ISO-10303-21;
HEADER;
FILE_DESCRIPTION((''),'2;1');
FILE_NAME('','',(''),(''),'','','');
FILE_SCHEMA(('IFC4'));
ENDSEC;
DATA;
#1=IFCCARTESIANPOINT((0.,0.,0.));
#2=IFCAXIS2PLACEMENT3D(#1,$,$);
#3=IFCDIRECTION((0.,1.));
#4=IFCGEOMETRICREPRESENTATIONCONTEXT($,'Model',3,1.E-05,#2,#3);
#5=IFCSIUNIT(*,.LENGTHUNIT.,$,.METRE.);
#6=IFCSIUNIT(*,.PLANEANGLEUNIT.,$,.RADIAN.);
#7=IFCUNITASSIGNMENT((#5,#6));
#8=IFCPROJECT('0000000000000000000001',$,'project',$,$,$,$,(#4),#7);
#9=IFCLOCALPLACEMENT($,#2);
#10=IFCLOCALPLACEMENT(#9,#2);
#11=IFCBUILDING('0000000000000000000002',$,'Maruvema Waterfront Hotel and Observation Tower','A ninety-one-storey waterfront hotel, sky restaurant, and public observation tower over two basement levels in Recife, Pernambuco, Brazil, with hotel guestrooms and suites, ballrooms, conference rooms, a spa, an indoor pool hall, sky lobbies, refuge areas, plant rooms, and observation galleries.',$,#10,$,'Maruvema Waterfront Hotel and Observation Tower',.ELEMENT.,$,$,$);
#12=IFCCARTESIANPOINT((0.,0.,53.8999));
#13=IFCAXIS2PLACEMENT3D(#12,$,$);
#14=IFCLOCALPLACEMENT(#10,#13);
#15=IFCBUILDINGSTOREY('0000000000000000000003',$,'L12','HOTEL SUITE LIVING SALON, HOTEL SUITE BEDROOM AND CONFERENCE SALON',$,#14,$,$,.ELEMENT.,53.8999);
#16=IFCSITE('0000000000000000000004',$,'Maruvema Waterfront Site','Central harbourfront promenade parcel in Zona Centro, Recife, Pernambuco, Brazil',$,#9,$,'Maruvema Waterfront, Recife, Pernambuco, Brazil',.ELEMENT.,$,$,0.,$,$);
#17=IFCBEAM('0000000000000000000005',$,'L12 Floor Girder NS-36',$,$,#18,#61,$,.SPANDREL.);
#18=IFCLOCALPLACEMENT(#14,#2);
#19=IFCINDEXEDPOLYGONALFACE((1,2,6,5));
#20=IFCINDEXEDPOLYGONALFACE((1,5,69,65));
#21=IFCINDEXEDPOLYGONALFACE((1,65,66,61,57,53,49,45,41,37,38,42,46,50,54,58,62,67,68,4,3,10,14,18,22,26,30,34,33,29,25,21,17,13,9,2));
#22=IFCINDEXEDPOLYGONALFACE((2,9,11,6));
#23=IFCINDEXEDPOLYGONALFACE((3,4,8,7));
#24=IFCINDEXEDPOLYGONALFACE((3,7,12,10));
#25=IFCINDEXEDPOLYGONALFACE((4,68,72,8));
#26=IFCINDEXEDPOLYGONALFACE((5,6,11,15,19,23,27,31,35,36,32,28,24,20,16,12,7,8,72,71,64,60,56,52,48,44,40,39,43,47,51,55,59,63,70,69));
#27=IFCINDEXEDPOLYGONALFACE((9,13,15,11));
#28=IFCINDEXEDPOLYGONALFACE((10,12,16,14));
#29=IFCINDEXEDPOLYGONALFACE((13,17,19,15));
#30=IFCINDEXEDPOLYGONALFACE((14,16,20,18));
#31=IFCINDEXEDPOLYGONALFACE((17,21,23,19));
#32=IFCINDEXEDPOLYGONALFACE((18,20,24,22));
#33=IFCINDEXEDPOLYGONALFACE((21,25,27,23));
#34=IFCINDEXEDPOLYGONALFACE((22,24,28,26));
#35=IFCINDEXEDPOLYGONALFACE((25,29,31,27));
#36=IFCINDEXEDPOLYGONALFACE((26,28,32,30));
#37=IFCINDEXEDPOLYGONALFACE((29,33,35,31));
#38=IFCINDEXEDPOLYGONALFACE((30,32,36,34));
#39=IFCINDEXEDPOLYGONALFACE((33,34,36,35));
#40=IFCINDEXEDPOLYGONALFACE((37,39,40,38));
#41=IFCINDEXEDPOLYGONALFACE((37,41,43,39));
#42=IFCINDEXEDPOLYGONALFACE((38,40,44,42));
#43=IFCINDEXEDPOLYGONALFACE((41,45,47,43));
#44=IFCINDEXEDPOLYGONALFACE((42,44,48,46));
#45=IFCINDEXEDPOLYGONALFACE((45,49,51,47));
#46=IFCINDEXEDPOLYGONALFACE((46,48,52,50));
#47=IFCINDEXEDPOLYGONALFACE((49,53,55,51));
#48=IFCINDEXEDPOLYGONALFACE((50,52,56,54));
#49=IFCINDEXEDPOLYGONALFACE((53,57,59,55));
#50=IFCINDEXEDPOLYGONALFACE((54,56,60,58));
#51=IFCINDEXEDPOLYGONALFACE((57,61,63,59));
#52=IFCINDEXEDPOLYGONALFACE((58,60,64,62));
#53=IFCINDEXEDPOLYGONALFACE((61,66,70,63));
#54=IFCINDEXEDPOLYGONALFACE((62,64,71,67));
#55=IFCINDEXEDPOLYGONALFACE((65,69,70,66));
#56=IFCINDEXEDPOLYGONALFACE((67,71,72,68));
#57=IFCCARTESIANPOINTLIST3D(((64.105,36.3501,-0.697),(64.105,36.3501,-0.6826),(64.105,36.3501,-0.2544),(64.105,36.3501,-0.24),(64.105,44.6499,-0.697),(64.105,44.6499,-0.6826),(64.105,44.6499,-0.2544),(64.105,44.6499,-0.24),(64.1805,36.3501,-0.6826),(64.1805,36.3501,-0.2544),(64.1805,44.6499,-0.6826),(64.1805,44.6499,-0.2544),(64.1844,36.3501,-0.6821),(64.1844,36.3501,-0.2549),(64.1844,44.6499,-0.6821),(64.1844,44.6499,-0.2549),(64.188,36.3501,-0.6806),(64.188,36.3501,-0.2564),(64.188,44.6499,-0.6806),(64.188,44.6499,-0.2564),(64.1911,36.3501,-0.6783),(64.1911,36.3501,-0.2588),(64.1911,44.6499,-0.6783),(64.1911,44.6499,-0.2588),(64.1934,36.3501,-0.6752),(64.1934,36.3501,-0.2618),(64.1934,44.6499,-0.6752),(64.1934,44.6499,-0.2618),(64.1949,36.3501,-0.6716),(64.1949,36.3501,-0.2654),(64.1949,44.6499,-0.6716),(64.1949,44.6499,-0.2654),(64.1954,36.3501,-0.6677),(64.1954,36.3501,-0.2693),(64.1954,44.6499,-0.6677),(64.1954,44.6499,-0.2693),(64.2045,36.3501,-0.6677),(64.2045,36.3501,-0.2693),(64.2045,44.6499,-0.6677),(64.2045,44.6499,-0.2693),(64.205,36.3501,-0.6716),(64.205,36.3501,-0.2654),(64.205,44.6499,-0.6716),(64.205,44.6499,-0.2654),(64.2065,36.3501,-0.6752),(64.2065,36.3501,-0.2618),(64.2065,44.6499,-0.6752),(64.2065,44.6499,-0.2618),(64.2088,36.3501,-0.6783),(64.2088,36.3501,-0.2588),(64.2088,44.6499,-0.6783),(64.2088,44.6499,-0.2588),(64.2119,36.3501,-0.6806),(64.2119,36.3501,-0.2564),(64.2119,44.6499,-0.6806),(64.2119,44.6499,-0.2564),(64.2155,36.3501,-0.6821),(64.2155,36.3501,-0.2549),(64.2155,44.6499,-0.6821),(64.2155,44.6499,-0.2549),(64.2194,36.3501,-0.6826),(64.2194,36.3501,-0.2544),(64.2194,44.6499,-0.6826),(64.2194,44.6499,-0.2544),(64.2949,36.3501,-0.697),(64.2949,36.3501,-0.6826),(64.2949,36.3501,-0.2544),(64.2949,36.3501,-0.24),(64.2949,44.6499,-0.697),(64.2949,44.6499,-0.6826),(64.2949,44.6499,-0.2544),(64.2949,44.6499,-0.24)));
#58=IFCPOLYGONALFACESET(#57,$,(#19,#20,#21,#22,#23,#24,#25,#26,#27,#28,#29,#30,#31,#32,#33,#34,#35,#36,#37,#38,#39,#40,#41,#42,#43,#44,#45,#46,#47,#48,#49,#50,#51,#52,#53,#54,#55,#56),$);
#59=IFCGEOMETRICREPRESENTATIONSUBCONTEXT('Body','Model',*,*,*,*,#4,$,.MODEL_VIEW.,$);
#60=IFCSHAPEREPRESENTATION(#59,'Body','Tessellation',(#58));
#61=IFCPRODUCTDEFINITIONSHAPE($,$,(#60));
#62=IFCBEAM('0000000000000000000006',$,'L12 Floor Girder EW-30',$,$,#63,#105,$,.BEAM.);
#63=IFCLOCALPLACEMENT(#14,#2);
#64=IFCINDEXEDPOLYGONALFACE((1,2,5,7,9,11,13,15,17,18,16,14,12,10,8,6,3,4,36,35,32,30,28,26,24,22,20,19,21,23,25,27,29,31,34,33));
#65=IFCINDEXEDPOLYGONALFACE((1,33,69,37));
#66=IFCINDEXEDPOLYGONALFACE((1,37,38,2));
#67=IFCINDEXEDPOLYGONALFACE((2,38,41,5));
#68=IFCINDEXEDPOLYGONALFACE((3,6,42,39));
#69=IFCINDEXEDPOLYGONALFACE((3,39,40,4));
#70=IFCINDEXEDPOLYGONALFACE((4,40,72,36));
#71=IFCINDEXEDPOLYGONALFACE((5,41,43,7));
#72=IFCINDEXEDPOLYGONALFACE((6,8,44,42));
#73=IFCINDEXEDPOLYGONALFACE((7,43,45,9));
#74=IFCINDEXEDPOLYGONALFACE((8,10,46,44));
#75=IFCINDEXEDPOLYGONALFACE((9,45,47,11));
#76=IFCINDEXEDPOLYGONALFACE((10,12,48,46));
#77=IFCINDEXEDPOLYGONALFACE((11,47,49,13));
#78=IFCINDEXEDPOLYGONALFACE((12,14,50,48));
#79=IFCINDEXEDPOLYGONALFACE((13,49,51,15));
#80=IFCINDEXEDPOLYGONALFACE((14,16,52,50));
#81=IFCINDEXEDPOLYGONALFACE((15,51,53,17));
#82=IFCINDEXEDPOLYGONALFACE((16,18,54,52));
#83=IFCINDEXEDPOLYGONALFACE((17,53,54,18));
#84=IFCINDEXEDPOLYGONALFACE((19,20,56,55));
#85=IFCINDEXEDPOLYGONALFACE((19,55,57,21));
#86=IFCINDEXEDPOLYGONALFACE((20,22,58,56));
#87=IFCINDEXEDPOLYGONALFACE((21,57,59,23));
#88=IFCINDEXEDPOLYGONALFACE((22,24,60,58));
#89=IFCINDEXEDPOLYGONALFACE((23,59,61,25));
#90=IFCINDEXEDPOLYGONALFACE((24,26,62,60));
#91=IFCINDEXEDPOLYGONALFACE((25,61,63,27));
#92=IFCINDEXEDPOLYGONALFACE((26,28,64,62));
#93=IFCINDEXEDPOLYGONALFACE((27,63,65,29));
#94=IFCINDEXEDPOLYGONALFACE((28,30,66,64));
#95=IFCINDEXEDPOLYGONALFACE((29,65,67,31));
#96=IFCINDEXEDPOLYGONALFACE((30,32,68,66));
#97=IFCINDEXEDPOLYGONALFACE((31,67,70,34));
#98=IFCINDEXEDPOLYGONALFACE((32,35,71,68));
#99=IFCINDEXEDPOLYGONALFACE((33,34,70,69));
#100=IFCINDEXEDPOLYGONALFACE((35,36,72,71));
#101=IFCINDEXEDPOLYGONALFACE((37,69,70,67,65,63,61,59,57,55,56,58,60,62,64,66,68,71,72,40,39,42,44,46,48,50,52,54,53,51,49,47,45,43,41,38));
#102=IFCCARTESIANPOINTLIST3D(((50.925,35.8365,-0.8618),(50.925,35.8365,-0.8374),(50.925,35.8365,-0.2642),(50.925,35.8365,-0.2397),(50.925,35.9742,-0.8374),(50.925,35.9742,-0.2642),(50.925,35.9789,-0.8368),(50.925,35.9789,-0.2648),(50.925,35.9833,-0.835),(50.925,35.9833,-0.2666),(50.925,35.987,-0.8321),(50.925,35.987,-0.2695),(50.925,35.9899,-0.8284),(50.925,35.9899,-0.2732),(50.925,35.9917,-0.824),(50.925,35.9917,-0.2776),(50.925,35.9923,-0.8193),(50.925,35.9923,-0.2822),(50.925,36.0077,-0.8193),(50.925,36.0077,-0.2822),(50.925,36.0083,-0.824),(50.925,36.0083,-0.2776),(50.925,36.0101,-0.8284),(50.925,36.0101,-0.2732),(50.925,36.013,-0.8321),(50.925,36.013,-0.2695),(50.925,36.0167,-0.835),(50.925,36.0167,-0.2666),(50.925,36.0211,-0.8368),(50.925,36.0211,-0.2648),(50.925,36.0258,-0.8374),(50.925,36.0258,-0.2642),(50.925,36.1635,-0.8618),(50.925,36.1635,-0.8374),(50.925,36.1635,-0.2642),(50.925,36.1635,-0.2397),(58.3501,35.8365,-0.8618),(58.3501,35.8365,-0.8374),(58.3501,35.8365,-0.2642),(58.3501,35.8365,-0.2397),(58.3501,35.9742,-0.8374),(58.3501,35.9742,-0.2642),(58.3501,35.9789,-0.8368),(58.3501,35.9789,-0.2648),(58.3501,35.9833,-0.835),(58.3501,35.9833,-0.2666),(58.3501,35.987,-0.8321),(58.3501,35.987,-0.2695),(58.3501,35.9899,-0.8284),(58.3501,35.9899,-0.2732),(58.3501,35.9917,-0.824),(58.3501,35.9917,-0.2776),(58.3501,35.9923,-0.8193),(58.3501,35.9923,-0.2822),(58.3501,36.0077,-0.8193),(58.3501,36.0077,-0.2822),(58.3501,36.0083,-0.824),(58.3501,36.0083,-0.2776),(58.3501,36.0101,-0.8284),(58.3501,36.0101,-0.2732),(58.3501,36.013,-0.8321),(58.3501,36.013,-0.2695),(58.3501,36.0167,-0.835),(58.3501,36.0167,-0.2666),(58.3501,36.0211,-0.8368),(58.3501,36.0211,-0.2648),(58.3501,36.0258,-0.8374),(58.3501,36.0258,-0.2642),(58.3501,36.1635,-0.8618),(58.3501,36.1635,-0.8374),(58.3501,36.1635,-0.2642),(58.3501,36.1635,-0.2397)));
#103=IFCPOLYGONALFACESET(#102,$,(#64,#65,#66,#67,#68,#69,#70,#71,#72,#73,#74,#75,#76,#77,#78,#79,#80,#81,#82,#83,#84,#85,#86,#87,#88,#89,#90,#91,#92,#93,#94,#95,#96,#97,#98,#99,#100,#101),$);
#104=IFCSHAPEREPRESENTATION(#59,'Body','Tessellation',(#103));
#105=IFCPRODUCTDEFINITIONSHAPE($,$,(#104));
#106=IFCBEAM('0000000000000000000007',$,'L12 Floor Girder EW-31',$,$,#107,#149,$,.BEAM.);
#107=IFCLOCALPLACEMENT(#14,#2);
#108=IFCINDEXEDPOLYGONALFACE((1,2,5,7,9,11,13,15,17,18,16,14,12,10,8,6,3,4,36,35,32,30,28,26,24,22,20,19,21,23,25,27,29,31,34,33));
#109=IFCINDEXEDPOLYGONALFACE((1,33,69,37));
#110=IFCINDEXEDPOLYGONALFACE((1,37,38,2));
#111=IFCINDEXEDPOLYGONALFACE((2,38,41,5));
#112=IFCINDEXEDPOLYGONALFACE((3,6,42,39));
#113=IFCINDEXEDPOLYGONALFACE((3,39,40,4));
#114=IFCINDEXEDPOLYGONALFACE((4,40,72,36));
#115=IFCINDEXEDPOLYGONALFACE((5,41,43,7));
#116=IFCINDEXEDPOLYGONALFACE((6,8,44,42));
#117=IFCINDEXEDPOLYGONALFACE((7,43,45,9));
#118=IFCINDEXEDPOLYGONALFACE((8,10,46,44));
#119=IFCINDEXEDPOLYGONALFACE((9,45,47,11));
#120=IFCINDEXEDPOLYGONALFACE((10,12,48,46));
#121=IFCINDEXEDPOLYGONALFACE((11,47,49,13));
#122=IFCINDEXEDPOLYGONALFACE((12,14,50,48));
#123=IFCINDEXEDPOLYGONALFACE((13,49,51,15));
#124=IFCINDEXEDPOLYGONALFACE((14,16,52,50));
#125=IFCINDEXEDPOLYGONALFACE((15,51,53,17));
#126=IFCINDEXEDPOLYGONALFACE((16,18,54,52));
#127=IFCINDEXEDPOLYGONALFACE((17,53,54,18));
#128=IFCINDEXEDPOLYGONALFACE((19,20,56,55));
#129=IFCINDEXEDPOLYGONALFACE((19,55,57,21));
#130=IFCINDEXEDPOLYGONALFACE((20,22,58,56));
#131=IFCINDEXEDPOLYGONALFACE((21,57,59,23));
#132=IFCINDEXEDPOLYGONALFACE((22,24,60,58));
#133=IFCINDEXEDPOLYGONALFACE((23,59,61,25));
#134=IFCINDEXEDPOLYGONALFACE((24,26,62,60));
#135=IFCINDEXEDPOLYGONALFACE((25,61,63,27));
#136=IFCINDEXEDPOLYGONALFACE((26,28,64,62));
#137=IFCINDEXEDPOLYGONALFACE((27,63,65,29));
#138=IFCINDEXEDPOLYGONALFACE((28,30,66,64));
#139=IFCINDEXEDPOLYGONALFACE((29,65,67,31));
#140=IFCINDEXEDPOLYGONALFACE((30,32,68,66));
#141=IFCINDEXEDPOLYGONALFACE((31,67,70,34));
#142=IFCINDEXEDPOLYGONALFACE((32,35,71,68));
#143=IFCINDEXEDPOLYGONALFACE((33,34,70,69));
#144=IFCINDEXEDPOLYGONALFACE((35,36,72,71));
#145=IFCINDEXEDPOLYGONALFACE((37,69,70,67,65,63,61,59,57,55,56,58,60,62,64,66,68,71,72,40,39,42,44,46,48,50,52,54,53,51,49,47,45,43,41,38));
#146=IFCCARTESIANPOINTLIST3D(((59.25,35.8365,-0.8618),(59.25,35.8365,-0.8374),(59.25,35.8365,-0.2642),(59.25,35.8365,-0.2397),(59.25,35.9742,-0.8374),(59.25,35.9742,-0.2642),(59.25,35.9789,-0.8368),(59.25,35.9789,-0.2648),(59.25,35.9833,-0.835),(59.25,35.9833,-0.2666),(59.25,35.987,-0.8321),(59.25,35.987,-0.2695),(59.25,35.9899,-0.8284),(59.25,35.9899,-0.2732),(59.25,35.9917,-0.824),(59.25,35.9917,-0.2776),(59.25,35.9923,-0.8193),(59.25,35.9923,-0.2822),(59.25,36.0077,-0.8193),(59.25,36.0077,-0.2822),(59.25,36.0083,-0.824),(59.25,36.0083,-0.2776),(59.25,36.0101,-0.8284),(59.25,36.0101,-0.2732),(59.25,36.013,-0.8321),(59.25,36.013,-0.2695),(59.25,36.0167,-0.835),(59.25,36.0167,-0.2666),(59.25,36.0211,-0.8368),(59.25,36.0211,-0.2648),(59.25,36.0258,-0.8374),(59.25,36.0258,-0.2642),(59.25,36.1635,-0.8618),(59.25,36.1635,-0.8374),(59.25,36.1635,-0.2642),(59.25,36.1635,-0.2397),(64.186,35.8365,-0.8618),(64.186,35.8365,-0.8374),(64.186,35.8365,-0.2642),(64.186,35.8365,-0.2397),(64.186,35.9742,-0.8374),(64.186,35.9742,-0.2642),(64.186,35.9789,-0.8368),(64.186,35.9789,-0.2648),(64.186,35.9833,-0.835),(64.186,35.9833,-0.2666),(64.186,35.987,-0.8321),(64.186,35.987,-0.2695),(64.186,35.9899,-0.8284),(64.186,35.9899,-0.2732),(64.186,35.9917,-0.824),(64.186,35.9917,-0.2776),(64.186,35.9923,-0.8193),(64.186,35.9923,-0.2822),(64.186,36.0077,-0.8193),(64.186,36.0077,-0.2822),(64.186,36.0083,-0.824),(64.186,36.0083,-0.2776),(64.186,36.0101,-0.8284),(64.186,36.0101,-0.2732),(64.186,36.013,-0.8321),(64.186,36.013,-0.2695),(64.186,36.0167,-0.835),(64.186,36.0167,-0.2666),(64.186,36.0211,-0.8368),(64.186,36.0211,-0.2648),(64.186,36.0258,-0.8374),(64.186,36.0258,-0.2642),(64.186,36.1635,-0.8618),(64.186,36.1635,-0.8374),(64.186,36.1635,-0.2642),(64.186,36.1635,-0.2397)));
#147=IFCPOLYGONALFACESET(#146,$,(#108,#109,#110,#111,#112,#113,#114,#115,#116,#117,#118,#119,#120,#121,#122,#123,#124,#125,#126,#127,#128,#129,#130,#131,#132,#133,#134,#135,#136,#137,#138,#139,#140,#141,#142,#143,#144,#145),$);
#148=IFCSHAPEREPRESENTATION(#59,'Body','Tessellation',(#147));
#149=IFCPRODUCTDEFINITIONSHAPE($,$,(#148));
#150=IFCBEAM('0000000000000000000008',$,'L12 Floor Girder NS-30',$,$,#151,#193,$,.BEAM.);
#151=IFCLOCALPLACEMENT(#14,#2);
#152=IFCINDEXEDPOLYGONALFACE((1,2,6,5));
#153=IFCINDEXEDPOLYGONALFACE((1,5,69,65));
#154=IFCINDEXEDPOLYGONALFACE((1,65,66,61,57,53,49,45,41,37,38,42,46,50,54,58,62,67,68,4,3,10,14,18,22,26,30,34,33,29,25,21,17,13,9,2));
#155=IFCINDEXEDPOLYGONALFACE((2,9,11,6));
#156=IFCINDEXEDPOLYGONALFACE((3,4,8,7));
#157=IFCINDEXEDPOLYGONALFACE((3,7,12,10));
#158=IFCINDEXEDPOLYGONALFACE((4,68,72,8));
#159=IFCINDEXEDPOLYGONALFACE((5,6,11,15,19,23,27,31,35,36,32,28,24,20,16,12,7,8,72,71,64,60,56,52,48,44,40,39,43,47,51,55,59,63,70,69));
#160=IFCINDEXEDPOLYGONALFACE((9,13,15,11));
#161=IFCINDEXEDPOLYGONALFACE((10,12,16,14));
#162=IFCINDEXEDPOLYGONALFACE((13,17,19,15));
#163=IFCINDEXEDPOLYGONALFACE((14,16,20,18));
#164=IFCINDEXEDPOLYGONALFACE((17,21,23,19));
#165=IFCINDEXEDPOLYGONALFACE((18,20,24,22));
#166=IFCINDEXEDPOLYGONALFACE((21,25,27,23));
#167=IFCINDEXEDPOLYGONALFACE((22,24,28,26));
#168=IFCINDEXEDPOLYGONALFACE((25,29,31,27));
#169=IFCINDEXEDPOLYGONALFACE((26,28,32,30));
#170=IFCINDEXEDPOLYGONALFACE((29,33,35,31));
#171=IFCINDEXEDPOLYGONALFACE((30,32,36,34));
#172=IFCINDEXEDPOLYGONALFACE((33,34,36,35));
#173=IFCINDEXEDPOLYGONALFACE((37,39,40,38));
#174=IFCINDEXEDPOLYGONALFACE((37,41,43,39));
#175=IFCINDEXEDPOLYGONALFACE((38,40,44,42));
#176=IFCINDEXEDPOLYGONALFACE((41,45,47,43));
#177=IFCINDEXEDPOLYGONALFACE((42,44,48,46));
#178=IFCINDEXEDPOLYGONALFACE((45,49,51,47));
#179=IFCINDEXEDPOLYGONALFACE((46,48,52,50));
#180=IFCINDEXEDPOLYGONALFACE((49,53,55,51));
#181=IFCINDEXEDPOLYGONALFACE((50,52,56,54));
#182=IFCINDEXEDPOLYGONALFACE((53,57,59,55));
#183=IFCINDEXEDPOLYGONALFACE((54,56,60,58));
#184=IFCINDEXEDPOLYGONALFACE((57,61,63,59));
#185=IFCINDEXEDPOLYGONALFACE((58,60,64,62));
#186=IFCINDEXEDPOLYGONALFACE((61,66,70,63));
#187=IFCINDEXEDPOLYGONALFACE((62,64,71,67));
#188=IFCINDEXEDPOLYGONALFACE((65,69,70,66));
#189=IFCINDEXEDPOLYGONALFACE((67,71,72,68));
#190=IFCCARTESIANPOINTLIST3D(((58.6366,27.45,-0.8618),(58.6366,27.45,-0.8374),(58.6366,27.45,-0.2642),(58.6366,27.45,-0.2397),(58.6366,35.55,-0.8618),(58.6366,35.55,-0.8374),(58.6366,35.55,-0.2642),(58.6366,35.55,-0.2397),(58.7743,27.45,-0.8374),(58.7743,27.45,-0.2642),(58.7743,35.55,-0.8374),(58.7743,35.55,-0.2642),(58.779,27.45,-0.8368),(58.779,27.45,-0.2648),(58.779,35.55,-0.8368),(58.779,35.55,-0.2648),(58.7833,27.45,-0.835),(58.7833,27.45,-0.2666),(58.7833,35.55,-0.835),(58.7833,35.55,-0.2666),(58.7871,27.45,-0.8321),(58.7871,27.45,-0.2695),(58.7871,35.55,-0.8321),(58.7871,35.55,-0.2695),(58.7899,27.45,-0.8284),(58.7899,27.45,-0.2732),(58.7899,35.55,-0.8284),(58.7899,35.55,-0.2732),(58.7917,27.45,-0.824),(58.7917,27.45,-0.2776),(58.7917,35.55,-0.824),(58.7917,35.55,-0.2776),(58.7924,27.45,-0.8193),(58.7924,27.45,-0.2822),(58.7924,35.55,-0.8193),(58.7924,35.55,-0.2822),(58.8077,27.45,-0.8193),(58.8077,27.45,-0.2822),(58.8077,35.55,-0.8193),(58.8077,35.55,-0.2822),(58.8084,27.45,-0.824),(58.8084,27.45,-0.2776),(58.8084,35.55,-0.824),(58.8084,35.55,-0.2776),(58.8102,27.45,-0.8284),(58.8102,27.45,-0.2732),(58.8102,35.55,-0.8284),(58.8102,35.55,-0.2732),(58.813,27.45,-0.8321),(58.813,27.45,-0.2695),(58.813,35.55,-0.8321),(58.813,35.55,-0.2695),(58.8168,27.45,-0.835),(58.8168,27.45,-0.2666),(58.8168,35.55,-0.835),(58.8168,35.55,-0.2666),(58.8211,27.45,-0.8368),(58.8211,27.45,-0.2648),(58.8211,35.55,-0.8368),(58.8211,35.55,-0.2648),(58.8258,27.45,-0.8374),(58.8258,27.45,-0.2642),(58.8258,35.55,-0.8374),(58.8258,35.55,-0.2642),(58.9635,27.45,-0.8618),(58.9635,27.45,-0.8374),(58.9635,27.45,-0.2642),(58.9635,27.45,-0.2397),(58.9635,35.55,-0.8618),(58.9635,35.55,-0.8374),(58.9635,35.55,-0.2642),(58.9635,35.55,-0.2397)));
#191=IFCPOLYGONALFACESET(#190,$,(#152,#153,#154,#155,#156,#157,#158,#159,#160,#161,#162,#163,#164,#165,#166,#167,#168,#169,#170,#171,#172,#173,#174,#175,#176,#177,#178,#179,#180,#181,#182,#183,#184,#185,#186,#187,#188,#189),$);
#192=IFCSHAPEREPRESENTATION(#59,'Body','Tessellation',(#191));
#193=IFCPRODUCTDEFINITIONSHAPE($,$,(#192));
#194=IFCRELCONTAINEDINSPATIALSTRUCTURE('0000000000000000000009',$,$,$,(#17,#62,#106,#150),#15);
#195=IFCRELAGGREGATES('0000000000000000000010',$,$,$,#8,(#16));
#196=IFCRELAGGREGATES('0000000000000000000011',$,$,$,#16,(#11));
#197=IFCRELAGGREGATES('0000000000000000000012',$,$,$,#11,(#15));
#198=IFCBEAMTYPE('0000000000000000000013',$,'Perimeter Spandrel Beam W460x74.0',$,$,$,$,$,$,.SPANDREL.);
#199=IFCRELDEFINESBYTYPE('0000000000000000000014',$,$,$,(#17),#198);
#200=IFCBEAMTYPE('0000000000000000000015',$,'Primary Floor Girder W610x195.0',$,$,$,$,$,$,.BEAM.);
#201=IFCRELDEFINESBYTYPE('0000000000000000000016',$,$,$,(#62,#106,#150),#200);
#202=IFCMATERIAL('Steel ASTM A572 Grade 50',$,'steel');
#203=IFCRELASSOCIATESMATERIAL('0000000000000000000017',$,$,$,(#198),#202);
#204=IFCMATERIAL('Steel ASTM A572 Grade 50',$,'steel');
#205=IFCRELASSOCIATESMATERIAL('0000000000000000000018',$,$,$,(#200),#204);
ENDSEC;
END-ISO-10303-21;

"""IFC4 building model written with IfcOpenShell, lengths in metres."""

from ifc_helpers import new_model, si_unit, direction, frame, origin, origin_2d, place, context, subcontext, project, spatial, i_section, extrude, material, material_profile, profile_set, type_object, element, save


model = new_model("IFC4")

# Units and contexts
model_context = context("Model", 3, precision=1e-05, world=origin(), true_north=direction((0.0, 1.0)))
body_context = subcontext(model_context, "Body", "Model", "MODEL_VIEW")
ifc_project = project(units=[si_unit("LENGTHUNIT", "METRE"), si_unit("PLANEANGLEUNIT", "RADIAN")], contexts=[model_context])

# Site, building, storey
site_placement = place(None, origin())
site = spatial("IfcSite", under=ifc_project, at=site_placement, Name="Maruvema Waterfront Site", Description="Central harbourfront promenade parcel in Zona Centro, Recife, Pernambuco, Brazil", LongName="Maruvema Waterfront, Recife, Pernambuco, Brazil", CompositionType="ELEMENT", RefElevation=0.0)
building_placement = place(site_placement, origin())
building = spatial("IfcBuilding", under=site, at=building_placement, Name="Maruvema Waterfront Hotel and Observation Tower", Description="A ninety-one-storey waterfront hotel, sky restaurant, and public observation tower over two basement levels in Recife, Pernambuco, Brazil, with hotel guestrooms and suites, ballrooms, conference rooms, a spa, an indoor pool hall, sky lobbies, refuge areas, plant rooms, and observation galleries.", LongName="Maruvema Waterfront Hotel and Observation Tower", CompositionType="ELEMENT")
storey_placement = place(building_placement, frame((0.0, 0.0, 53.8999)))
storey = spatial("IfcBuildingStorey", under=building, at=storey_placement, Name="L12", Description="HOTEL SUITE LIVING SALON, HOTEL SUITE BEDROOM AND CONFERENCE SALON", CompositionType="ELEMENT", Elevation=53.8999)

# Beams
ifc_material_1 = material(Name="Steel ASTM A572 Grade 50", Category="steel")
ifc_material_profile_1 = material_profile(ifc_material_1, i_section(OverallWidth=0.1899, OverallDepth=0.457, WebThickness=0.009, FlangeThickness=0.0144, FilletRadius=0.0149, at=origin_2d()), Name="W460x74.0")
ifc_profile_set_1 = profile_set([ifc_material_profile_1], Name="Steel ASTM A572 Grade 50")
beam_type_1 = type_object("IfcBeamType", Name="Perimeter Spandrel Beam W460x74.0", PredefinedType="SPANDREL", material=ifc_profile_set_1)
for number, where, z_axis, x_axis, name in (
    (1, (64.2, 36.3501, -0.4685), (0.0, 1.0, 0.0), (-1.0, 0.0, 0.0), "L12 Floor Girder NS-36"),
):
    element("IfcBeam", number, at=place(storey_placement, frame(where, z_axis=z_axis, x_axis=x_axis)), inside=storey, type_object=beam_type_1, Name=name, PredefinedType="SPANDREL", context=body_context, shape_type="SweptSolid", body=[
        extrude(i_section(OverallWidth=0.1899, OverallDepth=0.457, WebThickness=0.009, FlangeThickness=0.0144, FilletRadius=0.0149, at=origin_2d()), origin(), (0.0, 0.0, 1.0), 8.2998),
    ])
ifc_material_2 = material(Name="Steel ASTM A572 Grade 50", Category="steel")
ifc_material_profile_2 = material_profile(ifc_material_2, i_section(OverallWidth=0.3269, OverallDepth=0.6221, WebThickness=0.0154, FlangeThickness=0.0244, FilletRadius=0.0181, at=origin_2d()), Name="W610x195.0")
ifc_profile_set_2 = profile_set([ifc_material_profile_2], Name="Steel ASTM A572 Grade 50")
beam_type_2 = type_object("IfcBeamType", Name="Primary Floor Girder W610x195.0", PredefinedType="BEAM", material=ifc_profile_set_2)
beam_1_placement = place(storey_placement, frame((50.925, 36.0, -0.5508), z_axis=(1.0, 0.0, 0.0), x_axis=(0.0, 1.0, 0.0)))
element("IfcBeam", 2, at=beam_1_placement, inside=storey, type_object=beam_type_2, Name="L12 Floor Girder EW-30", PredefinedType="BEAM", context=body_context, shape_type="SweptSolid", body=[
    extrude(i_section(OverallWidth=0.3269, OverallDepth=0.6221, WebThickness=0.0154, FlangeThickness=0.0244, FilletRadius=0.0181, at=origin_2d()), origin(), (0.0, 0.0, 1.0), 7.425),
])
beam_2_placement = place(storey_placement, frame((59.25, 36.0, -0.5508), z_axis=(1.0, 0.0, 0.0), x_axis=(0.0, 1.0, 0.0)))
element("IfcBeam", 3, at=beam_2_placement, inside=storey, type_object=beam_type_2, Name="L12 Floor Girder EW-31", PredefinedType="BEAM", context=body_context, shape_type="SweptSolid", body=[
    extrude(i_section(OverallWidth=0.3269, OverallDepth=0.6221, WebThickness=0.0154, FlangeThickness=0.0244, FilletRadius=0.0181, at=origin_2d()), origin(), (0.0, 0.0, 1.0), 4.936),
])
for number, where, z_axis, x_axis, name in (
    (4, (58.8, 27.45, -0.5508), (0.0, 1.0, 0.0), (-1.0, 0.0, 0.0), "L12 Floor Girder NS-30"),
):
    element("IfcBeam", number, at=place(storey_placement, frame(where, z_axis=z_axis, x_axis=x_axis)), inside=storey, type_object=beam_type_2, Name=name, PredefinedType="BEAM", context=body_context, shape_type="SweptSolid", body=[
        extrude(i_section(OverallWidth=0.3269, OverallDepth=0.6221, WebThickness=0.0154, FlangeThickness=0.0244, FilletRadius=0.0181, at=origin_2d()), origin(), (0.0, 0.0, 1.0), 8.1001),
    ])

save(model, "model.ifc")
